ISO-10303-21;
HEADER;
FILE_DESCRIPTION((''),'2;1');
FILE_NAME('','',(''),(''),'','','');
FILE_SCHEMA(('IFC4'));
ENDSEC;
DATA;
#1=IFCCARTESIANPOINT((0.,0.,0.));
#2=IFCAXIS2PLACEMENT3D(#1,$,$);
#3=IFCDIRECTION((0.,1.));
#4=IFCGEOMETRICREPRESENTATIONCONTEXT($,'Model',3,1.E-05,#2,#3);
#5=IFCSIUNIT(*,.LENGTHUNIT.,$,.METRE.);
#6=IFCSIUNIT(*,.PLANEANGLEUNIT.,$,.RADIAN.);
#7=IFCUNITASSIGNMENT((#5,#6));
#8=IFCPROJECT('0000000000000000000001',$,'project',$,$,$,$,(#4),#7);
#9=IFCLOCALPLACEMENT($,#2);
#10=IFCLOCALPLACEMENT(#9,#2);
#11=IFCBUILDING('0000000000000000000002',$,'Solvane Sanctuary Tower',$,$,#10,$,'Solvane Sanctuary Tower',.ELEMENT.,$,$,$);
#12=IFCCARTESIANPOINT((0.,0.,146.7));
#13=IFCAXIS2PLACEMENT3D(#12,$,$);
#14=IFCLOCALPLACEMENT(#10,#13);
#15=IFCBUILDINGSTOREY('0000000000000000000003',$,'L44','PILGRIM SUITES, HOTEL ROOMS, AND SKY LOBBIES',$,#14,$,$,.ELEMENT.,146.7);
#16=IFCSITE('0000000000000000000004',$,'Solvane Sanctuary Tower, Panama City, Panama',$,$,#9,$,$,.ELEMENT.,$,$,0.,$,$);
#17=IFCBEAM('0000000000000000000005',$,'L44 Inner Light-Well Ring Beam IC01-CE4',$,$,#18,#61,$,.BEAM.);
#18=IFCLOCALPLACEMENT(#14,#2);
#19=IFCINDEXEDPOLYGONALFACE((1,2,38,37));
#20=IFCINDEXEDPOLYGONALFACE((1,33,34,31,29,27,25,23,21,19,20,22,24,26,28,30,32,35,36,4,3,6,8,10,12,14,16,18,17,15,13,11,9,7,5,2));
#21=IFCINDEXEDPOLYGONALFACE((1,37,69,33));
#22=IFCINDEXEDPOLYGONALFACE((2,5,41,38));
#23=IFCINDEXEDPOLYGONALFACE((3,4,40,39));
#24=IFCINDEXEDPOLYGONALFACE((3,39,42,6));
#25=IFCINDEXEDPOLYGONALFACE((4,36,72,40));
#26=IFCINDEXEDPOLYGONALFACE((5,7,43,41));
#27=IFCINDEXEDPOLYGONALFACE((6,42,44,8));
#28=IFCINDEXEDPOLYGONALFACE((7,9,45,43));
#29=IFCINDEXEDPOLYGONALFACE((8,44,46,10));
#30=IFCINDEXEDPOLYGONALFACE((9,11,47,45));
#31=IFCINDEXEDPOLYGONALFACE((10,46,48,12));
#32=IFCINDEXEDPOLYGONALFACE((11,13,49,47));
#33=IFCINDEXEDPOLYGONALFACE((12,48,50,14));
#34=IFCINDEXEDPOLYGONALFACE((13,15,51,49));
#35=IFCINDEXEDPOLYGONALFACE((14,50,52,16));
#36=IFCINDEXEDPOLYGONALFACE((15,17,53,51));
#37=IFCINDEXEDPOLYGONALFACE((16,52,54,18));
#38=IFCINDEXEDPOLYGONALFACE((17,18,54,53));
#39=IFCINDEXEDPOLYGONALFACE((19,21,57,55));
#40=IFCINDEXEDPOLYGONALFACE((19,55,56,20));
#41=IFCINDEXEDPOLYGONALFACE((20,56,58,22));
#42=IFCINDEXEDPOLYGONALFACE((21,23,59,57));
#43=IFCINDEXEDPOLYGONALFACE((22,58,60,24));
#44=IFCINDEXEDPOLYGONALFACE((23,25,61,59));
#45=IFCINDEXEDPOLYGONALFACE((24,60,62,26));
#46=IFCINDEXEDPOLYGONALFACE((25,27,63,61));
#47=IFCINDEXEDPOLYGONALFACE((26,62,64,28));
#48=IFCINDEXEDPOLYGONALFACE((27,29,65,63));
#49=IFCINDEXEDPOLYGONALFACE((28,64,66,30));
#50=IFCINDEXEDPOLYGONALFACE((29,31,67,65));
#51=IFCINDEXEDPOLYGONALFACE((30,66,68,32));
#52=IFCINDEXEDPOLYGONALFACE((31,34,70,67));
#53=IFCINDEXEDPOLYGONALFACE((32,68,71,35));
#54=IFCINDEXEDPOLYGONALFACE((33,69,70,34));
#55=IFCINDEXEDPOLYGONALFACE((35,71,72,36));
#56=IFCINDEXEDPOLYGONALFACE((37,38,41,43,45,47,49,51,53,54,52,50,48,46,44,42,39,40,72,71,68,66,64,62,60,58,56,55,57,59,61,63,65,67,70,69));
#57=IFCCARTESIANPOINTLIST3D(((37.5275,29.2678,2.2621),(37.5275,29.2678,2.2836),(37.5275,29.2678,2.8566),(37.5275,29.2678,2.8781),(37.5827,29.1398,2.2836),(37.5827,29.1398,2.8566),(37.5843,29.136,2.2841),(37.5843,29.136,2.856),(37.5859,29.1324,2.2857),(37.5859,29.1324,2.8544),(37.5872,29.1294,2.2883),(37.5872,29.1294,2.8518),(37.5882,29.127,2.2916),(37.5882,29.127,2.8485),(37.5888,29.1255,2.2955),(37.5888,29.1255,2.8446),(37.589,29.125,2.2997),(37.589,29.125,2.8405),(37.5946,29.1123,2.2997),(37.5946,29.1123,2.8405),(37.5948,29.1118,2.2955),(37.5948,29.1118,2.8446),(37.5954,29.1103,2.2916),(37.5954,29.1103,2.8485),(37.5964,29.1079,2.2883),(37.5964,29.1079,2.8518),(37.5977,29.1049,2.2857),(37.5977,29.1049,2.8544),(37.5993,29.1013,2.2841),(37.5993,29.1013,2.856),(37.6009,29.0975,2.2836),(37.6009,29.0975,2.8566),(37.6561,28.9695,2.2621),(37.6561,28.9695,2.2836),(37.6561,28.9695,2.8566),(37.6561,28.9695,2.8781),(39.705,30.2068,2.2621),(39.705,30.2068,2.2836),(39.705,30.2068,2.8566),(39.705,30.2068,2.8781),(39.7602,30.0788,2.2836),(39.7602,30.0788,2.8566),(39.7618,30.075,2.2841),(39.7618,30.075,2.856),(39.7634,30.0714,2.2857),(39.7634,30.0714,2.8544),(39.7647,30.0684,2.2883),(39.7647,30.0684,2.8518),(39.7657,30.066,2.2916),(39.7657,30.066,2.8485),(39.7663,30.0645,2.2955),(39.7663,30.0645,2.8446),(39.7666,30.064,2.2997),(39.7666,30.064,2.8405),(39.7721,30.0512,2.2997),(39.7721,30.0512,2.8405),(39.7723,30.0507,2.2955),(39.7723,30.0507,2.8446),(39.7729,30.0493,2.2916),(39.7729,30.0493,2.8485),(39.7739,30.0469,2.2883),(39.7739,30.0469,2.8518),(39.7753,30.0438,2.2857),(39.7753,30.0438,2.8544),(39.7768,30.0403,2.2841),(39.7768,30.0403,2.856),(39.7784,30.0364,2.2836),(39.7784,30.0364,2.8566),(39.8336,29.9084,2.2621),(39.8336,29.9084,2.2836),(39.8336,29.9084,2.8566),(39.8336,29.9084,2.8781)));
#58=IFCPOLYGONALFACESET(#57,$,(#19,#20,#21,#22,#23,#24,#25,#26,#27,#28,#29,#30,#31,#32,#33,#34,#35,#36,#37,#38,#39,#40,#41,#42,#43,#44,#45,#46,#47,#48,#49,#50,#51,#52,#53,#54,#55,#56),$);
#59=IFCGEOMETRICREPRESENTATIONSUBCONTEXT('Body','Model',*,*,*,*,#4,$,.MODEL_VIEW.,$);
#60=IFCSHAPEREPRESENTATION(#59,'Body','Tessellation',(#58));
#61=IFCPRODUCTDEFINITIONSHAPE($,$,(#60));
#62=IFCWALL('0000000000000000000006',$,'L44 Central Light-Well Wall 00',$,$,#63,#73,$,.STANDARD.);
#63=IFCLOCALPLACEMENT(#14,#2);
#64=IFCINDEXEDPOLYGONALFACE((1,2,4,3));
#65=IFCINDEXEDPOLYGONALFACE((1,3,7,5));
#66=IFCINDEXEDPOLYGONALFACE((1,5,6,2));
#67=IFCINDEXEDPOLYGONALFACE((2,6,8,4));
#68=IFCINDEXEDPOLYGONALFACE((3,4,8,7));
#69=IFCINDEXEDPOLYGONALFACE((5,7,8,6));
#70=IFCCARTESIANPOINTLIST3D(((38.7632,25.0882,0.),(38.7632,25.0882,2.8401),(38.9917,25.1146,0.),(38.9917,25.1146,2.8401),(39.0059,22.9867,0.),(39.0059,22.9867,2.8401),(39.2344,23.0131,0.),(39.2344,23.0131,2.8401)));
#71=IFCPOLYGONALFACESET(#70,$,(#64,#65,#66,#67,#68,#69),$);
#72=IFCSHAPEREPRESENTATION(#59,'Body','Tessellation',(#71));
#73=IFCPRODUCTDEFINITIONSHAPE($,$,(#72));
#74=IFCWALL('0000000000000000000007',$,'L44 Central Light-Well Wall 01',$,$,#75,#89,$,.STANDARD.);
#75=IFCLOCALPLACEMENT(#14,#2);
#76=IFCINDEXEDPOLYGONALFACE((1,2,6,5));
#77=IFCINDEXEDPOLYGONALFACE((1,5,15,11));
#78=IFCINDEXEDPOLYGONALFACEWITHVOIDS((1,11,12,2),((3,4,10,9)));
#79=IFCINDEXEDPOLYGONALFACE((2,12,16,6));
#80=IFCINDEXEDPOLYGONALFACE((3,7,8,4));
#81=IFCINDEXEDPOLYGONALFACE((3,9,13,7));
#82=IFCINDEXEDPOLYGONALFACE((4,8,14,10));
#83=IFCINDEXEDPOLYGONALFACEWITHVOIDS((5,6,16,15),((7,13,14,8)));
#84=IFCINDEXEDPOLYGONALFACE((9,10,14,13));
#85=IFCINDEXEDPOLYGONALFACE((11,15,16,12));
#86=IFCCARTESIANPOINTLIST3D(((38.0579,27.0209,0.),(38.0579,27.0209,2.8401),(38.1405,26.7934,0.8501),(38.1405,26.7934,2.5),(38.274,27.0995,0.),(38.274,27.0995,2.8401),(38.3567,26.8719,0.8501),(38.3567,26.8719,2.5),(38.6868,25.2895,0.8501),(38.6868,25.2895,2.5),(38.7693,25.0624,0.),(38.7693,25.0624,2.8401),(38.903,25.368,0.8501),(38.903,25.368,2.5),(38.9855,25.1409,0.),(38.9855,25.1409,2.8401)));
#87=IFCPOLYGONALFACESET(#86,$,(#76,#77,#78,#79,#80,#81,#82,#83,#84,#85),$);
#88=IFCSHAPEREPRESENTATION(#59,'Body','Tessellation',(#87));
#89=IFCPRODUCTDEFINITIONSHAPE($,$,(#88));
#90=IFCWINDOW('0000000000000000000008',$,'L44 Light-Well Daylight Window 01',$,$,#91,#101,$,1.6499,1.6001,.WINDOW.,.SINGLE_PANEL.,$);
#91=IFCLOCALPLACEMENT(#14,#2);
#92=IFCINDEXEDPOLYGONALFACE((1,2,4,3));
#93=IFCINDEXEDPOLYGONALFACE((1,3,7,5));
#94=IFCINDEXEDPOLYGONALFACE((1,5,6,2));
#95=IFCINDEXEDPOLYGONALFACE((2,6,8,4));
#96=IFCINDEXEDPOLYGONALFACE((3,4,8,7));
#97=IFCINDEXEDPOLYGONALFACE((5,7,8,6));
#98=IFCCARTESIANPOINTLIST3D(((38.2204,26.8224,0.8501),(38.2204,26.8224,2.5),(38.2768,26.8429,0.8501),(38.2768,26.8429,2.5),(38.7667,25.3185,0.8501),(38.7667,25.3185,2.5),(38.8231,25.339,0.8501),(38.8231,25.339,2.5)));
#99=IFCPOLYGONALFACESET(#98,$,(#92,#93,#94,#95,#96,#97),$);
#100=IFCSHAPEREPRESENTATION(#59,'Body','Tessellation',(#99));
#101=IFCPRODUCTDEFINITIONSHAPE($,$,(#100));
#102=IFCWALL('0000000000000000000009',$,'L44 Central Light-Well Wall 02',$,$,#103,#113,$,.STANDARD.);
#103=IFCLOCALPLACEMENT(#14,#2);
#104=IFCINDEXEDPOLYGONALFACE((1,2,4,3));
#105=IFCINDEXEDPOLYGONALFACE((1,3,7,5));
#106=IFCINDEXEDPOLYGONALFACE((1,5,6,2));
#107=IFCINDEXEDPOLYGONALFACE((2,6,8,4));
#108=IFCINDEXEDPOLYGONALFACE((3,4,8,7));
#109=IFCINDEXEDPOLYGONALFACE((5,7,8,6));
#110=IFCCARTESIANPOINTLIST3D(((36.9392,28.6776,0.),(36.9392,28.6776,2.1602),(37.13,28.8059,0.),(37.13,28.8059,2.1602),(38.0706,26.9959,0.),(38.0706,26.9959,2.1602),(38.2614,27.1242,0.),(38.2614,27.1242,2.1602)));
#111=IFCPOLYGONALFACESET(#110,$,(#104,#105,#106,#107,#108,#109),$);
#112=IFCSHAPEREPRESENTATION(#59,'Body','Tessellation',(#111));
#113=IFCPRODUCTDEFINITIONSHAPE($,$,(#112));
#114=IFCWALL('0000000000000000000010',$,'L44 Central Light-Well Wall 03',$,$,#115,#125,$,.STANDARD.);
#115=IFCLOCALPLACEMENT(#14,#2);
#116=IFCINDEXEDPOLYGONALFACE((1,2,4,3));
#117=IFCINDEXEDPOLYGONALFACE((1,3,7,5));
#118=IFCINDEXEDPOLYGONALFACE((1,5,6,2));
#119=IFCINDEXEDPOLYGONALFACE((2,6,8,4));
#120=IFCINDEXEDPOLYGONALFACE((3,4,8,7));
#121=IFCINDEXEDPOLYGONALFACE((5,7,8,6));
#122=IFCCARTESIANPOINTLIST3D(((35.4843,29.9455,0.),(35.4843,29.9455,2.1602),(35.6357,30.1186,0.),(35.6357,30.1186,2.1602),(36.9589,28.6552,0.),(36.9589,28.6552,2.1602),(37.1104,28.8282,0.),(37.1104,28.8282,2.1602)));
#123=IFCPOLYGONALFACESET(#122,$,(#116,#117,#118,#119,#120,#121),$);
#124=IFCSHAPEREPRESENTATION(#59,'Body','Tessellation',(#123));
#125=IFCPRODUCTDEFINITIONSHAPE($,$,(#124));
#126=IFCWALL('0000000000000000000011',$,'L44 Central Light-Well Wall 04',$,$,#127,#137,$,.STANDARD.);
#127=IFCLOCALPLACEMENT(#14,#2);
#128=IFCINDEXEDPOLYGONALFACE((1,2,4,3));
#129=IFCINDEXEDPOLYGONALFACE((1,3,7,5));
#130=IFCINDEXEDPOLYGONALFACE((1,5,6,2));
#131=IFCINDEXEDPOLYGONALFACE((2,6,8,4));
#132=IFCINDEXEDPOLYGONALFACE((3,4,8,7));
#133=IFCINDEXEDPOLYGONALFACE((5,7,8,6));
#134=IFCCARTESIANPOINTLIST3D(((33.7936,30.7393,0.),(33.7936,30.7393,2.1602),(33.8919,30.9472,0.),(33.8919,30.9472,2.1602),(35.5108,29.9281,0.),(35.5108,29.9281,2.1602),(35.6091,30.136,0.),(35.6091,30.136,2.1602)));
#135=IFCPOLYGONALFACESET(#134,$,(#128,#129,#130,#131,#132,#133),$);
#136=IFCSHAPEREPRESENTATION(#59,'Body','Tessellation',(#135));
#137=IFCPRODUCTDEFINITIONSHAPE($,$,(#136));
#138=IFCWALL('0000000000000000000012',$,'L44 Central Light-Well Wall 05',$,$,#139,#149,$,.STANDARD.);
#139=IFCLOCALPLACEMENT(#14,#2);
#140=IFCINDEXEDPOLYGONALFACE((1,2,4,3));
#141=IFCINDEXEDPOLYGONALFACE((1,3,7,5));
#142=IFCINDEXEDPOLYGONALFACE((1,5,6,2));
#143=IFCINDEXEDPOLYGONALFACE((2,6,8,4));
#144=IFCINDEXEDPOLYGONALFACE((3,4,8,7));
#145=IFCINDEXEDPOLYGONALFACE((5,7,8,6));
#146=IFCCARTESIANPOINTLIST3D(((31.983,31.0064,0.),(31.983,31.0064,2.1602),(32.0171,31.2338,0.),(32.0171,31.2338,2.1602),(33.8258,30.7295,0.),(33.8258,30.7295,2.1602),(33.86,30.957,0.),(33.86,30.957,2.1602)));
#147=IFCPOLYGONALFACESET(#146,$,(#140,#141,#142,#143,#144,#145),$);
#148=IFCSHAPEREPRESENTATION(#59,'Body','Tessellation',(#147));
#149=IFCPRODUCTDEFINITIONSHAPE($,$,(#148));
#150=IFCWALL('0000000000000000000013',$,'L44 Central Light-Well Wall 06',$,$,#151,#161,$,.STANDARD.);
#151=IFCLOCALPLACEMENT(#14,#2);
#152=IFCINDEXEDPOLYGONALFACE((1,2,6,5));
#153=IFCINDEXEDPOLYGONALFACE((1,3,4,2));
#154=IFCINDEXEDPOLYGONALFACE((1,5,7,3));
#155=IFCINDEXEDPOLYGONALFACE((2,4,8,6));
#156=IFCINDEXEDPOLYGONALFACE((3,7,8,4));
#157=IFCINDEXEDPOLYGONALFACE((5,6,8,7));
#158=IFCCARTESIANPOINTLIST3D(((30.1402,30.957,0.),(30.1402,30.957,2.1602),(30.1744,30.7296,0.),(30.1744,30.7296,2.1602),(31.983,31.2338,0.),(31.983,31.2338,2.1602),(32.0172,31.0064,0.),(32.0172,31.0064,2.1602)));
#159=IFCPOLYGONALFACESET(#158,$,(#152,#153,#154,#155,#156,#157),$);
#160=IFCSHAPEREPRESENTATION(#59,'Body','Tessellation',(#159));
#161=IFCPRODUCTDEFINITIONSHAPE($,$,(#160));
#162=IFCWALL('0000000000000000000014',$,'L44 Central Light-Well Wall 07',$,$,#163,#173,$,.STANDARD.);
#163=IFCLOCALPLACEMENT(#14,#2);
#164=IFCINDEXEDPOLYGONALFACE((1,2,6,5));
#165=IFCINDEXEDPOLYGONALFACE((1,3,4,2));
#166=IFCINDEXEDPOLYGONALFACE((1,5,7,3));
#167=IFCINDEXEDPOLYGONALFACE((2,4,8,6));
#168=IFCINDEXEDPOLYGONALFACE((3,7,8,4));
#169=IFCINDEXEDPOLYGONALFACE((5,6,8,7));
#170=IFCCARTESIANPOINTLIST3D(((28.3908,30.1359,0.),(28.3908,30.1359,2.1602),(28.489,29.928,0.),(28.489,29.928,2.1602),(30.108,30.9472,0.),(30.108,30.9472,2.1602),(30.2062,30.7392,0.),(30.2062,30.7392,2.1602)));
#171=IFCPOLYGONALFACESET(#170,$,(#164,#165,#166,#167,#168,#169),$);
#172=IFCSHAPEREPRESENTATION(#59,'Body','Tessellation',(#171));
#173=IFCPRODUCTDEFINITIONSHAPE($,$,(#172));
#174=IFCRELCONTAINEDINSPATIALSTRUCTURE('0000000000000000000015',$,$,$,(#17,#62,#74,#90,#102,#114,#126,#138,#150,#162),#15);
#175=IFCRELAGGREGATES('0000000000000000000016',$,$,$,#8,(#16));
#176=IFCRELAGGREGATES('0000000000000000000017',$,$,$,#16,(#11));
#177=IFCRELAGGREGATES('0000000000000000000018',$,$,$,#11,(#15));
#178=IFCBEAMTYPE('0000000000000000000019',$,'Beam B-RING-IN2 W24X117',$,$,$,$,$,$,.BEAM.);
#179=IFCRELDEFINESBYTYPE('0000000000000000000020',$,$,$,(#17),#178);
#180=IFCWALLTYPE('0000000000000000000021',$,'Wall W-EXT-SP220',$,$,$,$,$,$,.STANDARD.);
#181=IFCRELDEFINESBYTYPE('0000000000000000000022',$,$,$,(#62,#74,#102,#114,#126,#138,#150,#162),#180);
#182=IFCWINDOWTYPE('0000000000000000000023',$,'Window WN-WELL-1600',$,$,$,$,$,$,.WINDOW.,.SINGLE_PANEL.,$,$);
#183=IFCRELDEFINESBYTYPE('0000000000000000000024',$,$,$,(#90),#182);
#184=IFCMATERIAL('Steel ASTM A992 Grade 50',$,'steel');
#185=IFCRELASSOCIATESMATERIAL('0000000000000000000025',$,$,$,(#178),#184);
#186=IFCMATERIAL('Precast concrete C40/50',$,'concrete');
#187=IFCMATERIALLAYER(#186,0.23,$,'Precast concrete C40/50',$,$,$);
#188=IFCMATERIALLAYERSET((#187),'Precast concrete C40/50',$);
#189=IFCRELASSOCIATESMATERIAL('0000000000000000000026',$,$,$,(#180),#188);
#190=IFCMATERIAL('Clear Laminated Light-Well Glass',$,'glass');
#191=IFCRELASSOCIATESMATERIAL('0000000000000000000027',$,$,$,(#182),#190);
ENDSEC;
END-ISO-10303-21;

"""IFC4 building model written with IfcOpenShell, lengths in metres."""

from ifc_helpers import new_model, si_unit, direction, frame, frame_2d, origin, origin_2d, place, context, subcontext, project, spatial, rectangle, i_section, extrude, material, layer, layer_set, material_profile, profile_set, type_object, element, fill, save


model = new_model("IFC4")

# Units and contexts
model_context = context("Model", 3, precision=1e-05, world=origin(), true_north=direction((0.0, 1.0)))
body_context = subcontext(model_context, "Body", "Model", "MODEL_VIEW")
ifc_project = project(units=[si_unit("LENGTHUNIT", "METRE"), si_unit("PLANEANGLEUNIT", "RADIAN")], contexts=[model_context])

# Site, building, storey
site_placement = place(None, origin())
site = spatial("IfcSite", under=ifc_project, at=site_placement, Name="Solvane Sanctuary Tower, Panama City, Panama", CompositionType="ELEMENT", RefElevation=0.0)
building_placement = place(site_placement, origin())
building = spatial("IfcBuilding", under=site, at=building_placement, Name="Solvane Sanctuary Tower", LongName="Solvane Sanctuary Tower", CompositionType="ELEMENT")
storey_placement = place(building_placement, frame((0.0, 0.0, 146.7)))
storey = spatial("IfcBuildingStorey", under=building, at=storey_placement, Name="L44", Description="PILGRIM SUITES, HOTEL ROOMS, AND SKY LOBBIES", CompositionType="ELEMENT", Elevation=146.7)

# Beam
ifc_material_1 = material(Name="Steel ASTM A992 Grade 50", Category="steel")
ifc_material_profile_1 = material_profile(ifc_material_1, i_section(OverallWidth=0.325, OverallDepth=0.616, WebThickness=0.0139, FlangeThickness=0.0215, FilletRadius=0.0161, at=origin_2d()), Name="W24X117")
ifc_profile_set_1 = profile_set([ifc_material_profile_1], Name="Steel ASTM A992 Grade 50")
beam_type_1 = type_object("IfcBeamType", Name="Beam B-RING-IN2 W24X117", PredefinedType="BEAM", material=ifc_profile_set_1)
beam_1_placement = place(storey_placement, frame((37.5918, 29.1187, 2.5701), z_axis=(0.918264, 0.395969, 0.0), x_axis=(-0.395969, 0.918264, 0.0)))
element("IfcBeam", 1, at=beam_1_placement, inside=storey, type_object=beam_type_1, Name="L44 Inner Light-Well Ring Beam IC01-CE4", PredefinedType="BEAM", context=body_context, shape_type="SweptSolid", body=[
    extrude(i_section(OverallWidth=0.325, OverallDepth=0.616, WebThickness=0.0139, FlangeThickness=0.0215, FilletRadius=0.0161, at=origin_2d()), origin(), (0.0, 0.0, 1.0), 2.3713),
])

# Wall
ifc_material_2 = material(Name="Precast concrete C40/50", Category="concrete")
ifc_layer = layer(ifc_material_2, 0.23, Name="Precast concrete C40/50")
ifc_layer_set = layer_set([ifc_layer], Name="Precast concrete C40/50")
wall_type = type_object("IfcWallType", Name="Wall W-EXT-SP220", PredefinedType="STANDARD", material=ifc_layer_set)
wall_1_placement = place(storey_placement, frame((39.1201, 23.0, 0.0), z_axis=(0.0, 0.0, 1.0), x_axis=(-0.114712, 0.993399, 0.0)))
element("IfcWall", 2, at=wall_1_placement, inside=storey, type_object=wall_type, Name="L44 Central Light-Well Wall 00", PredefinedType="STANDARD", context=body_context, shape_type="SweptSolid", body=[
    extrude(rectangle(XDim=2.1155, YDim=0.23, at=frame_2d((1.0576, 0.0))), origin(), (0.0, 0.0, 1.0), 2.8401),
])

# Wall, opening, window
wall_2_placement = place(storey_placement, frame((38.8774, 25.1016, 0.0), z_axis=(0.0, 0.0, 1.0), x_axis=(-0.341423, 0.93991, 0.0)))
wall_2 = element("IfcWall", 3, at=wall_2_placement, inside=storey, type_object=wall_type, Name="L44 Central Light-Well Wall 01", PredefinedType="STANDARD", context=body_context, shape_type="SweptSolid", body=[
    extrude(rectangle(XDim=2.0837, YDim=0.23, at=frame_2d((1.042, 0.0))), origin(), (0.0, 0.0, 1.0), 2.8401),
])
opening_placement = place(wall_2_placement, frame((0.2417, 0.0, 0.8501)))
opening = element("IfcOpeningElement", 4, at=opening_placement, cuts=wall_2, PredefinedType="OPENING", context=body_context, shape_type="SweptSolid", body=[
    extrude(rectangle(XDim=1.6001, YDim=1.6499, at=frame_2d((0.8, 0.825))), frame((0.0, 0.125, 0.0), z_axis=(0.0, -1.0, 0.0), x_axis=(1.0, 0.0, 0.0)), (0.0, 0.0, 1.0), 0.25),
])
ifc_material_3 = material(Name="Clear Laminated Light-Well Glass", Category="glass")
window_type = type_object("IfcWindowType", Name="Window WN-WELL-1600", PartitioningType="SINGLE_PANEL", PredefinedType="WINDOW", material=ifc_material_3)
window_placement = place(opening_placement, origin())
window = element("IfcWindow", 5, at=window_placement, inside=storey, type_object=window_type, Name="L44 Light-Well Daylight Window 01", OverallHeight=1.6499, OverallWidth=1.6001, PartitioningType="SINGLE_PANEL", PredefinedType="WINDOW", context=body_context, shape_type="SweptSolid", body=[
    extrude(rectangle(XDim=1.6001, YDim=1.6499, at=frame_2d((0.8, 0.825))), frame((0.0, 0.03, 0.0), z_axis=(0.0, -1.0, 0.0), x_axis=(1.0, 0.0, 0.0)), (0.0, 0.0, 1.0), 0.0601),
])
fill(opening, window)

# Walls
wall_3_placement = place(storey_placement, frame((38.166, 27.0601, 0.0), z_axis=(0.0, 0.0, 1.0), x_axis=(-0.558198, 0.829708, 0.0)))
element("IfcWall", 6, at=wall_3_placement, inside=storey, type_object=wall_type, Name="L44 Central Light-Well Wall 02", PredefinedType="STANDARD", context=body_context, shape_type="SweptSolid", body=[
    extrude(rectangle(XDim=2.0269, YDim=0.23, at=frame_2d((1.0134, 0.0))), origin(), (0.0, 0.0, 1.0), 2.1602),
])
wall_4_placement = place(storey_placement, frame((37.0347, 28.7417, 0.0), z_axis=(0.0, 0.0, 1.0), x_axis=(-0.752577, 0.658505, 0.0)))
element("IfcWall", 7, at=wall_4_placement, inside=storey, type_object=wall_type, Name="L44 Central Light-Well Wall 03", PredefinedType="STANDARD", context=body_context, shape_type="SweptSolid", body=[
    extrude(rectangle(XDim=1.9595, YDim=0.23, at=frame_2d((0.9797, 0.0))), origin(), (0.0, 0.0, 1.0), 2.1602),
])
wall_5_placement = place(storey_placement, frame((35.5601, 30.032, 0.0), z_axis=(0.0, 0.0, 1.0), x_axis=(-0.90418, 0.427152, 0.0)))
element("IfcWall", 8, at=wall_5_placement, inside=storey, type_object=wall_type, Name="L44 Central Light-Well Wall 04", PredefinedType="STANDARD", context=body_context, shape_type="SweptSolid", body=[
    extrude(rectangle(XDim=1.8992, YDim=0.23, at=frame_2d((0.9497, 0.0))), origin(), (0.0, 0.0, 1.0), 2.1602),
])
for number, where, z_axis, x_axis, name in (
    (9, (33.8428, 30.8433, 0.0), (0.0, 0.0, 1.0), (-0.988902, 0.148571, 0.0), "L44 Central Light-Well Wall 05"),
    (10, (32.0, 31.1201, 0.0), (0.0, 0.0, 1.0), (-0.988902, -0.148571, 0.0), "L44 Central Light-Well Wall 06"),
):
    element("IfcWall", number, at=place(storey_placement, frame(where, z_axis=z_axis, x_axis=x_axis)), inside=storey, type_object=wall_type, Name=name, PredefinedType="STANDARD", context=body_context, shape_type="SweptSolid", body=[
        extrude(rectangle(XDim=1.8635, YDim=0.23, at=frame_2d((0.9316, 0.0))), origin(), (0.0, 0.0, 1.0), 2.1602),
    ])
wall_6_placement = place(storey_placement, frame((30.1572, 30.8433, 0.0), z_axis=(0.0, 0.0, 1.0), x_axis=(-0.90418, -0.427152, 0.0)))
element("IfcWall", 11, at=wall_6_placement, inside=storey, type_object=wall_type, Name="L44 Central Light-Well Wall 07", PredefinedType="STANDARD", context=body_context, shape_type="SweptSolid", body=[
    extrude(rectangle(XDim=1.8992, YDim=0.23, at=frame_2d((0.9497, 0.0))), origin(), (0.0, 0.0, 1.0), 2.1602),
])

save(model, "model.ifc")
